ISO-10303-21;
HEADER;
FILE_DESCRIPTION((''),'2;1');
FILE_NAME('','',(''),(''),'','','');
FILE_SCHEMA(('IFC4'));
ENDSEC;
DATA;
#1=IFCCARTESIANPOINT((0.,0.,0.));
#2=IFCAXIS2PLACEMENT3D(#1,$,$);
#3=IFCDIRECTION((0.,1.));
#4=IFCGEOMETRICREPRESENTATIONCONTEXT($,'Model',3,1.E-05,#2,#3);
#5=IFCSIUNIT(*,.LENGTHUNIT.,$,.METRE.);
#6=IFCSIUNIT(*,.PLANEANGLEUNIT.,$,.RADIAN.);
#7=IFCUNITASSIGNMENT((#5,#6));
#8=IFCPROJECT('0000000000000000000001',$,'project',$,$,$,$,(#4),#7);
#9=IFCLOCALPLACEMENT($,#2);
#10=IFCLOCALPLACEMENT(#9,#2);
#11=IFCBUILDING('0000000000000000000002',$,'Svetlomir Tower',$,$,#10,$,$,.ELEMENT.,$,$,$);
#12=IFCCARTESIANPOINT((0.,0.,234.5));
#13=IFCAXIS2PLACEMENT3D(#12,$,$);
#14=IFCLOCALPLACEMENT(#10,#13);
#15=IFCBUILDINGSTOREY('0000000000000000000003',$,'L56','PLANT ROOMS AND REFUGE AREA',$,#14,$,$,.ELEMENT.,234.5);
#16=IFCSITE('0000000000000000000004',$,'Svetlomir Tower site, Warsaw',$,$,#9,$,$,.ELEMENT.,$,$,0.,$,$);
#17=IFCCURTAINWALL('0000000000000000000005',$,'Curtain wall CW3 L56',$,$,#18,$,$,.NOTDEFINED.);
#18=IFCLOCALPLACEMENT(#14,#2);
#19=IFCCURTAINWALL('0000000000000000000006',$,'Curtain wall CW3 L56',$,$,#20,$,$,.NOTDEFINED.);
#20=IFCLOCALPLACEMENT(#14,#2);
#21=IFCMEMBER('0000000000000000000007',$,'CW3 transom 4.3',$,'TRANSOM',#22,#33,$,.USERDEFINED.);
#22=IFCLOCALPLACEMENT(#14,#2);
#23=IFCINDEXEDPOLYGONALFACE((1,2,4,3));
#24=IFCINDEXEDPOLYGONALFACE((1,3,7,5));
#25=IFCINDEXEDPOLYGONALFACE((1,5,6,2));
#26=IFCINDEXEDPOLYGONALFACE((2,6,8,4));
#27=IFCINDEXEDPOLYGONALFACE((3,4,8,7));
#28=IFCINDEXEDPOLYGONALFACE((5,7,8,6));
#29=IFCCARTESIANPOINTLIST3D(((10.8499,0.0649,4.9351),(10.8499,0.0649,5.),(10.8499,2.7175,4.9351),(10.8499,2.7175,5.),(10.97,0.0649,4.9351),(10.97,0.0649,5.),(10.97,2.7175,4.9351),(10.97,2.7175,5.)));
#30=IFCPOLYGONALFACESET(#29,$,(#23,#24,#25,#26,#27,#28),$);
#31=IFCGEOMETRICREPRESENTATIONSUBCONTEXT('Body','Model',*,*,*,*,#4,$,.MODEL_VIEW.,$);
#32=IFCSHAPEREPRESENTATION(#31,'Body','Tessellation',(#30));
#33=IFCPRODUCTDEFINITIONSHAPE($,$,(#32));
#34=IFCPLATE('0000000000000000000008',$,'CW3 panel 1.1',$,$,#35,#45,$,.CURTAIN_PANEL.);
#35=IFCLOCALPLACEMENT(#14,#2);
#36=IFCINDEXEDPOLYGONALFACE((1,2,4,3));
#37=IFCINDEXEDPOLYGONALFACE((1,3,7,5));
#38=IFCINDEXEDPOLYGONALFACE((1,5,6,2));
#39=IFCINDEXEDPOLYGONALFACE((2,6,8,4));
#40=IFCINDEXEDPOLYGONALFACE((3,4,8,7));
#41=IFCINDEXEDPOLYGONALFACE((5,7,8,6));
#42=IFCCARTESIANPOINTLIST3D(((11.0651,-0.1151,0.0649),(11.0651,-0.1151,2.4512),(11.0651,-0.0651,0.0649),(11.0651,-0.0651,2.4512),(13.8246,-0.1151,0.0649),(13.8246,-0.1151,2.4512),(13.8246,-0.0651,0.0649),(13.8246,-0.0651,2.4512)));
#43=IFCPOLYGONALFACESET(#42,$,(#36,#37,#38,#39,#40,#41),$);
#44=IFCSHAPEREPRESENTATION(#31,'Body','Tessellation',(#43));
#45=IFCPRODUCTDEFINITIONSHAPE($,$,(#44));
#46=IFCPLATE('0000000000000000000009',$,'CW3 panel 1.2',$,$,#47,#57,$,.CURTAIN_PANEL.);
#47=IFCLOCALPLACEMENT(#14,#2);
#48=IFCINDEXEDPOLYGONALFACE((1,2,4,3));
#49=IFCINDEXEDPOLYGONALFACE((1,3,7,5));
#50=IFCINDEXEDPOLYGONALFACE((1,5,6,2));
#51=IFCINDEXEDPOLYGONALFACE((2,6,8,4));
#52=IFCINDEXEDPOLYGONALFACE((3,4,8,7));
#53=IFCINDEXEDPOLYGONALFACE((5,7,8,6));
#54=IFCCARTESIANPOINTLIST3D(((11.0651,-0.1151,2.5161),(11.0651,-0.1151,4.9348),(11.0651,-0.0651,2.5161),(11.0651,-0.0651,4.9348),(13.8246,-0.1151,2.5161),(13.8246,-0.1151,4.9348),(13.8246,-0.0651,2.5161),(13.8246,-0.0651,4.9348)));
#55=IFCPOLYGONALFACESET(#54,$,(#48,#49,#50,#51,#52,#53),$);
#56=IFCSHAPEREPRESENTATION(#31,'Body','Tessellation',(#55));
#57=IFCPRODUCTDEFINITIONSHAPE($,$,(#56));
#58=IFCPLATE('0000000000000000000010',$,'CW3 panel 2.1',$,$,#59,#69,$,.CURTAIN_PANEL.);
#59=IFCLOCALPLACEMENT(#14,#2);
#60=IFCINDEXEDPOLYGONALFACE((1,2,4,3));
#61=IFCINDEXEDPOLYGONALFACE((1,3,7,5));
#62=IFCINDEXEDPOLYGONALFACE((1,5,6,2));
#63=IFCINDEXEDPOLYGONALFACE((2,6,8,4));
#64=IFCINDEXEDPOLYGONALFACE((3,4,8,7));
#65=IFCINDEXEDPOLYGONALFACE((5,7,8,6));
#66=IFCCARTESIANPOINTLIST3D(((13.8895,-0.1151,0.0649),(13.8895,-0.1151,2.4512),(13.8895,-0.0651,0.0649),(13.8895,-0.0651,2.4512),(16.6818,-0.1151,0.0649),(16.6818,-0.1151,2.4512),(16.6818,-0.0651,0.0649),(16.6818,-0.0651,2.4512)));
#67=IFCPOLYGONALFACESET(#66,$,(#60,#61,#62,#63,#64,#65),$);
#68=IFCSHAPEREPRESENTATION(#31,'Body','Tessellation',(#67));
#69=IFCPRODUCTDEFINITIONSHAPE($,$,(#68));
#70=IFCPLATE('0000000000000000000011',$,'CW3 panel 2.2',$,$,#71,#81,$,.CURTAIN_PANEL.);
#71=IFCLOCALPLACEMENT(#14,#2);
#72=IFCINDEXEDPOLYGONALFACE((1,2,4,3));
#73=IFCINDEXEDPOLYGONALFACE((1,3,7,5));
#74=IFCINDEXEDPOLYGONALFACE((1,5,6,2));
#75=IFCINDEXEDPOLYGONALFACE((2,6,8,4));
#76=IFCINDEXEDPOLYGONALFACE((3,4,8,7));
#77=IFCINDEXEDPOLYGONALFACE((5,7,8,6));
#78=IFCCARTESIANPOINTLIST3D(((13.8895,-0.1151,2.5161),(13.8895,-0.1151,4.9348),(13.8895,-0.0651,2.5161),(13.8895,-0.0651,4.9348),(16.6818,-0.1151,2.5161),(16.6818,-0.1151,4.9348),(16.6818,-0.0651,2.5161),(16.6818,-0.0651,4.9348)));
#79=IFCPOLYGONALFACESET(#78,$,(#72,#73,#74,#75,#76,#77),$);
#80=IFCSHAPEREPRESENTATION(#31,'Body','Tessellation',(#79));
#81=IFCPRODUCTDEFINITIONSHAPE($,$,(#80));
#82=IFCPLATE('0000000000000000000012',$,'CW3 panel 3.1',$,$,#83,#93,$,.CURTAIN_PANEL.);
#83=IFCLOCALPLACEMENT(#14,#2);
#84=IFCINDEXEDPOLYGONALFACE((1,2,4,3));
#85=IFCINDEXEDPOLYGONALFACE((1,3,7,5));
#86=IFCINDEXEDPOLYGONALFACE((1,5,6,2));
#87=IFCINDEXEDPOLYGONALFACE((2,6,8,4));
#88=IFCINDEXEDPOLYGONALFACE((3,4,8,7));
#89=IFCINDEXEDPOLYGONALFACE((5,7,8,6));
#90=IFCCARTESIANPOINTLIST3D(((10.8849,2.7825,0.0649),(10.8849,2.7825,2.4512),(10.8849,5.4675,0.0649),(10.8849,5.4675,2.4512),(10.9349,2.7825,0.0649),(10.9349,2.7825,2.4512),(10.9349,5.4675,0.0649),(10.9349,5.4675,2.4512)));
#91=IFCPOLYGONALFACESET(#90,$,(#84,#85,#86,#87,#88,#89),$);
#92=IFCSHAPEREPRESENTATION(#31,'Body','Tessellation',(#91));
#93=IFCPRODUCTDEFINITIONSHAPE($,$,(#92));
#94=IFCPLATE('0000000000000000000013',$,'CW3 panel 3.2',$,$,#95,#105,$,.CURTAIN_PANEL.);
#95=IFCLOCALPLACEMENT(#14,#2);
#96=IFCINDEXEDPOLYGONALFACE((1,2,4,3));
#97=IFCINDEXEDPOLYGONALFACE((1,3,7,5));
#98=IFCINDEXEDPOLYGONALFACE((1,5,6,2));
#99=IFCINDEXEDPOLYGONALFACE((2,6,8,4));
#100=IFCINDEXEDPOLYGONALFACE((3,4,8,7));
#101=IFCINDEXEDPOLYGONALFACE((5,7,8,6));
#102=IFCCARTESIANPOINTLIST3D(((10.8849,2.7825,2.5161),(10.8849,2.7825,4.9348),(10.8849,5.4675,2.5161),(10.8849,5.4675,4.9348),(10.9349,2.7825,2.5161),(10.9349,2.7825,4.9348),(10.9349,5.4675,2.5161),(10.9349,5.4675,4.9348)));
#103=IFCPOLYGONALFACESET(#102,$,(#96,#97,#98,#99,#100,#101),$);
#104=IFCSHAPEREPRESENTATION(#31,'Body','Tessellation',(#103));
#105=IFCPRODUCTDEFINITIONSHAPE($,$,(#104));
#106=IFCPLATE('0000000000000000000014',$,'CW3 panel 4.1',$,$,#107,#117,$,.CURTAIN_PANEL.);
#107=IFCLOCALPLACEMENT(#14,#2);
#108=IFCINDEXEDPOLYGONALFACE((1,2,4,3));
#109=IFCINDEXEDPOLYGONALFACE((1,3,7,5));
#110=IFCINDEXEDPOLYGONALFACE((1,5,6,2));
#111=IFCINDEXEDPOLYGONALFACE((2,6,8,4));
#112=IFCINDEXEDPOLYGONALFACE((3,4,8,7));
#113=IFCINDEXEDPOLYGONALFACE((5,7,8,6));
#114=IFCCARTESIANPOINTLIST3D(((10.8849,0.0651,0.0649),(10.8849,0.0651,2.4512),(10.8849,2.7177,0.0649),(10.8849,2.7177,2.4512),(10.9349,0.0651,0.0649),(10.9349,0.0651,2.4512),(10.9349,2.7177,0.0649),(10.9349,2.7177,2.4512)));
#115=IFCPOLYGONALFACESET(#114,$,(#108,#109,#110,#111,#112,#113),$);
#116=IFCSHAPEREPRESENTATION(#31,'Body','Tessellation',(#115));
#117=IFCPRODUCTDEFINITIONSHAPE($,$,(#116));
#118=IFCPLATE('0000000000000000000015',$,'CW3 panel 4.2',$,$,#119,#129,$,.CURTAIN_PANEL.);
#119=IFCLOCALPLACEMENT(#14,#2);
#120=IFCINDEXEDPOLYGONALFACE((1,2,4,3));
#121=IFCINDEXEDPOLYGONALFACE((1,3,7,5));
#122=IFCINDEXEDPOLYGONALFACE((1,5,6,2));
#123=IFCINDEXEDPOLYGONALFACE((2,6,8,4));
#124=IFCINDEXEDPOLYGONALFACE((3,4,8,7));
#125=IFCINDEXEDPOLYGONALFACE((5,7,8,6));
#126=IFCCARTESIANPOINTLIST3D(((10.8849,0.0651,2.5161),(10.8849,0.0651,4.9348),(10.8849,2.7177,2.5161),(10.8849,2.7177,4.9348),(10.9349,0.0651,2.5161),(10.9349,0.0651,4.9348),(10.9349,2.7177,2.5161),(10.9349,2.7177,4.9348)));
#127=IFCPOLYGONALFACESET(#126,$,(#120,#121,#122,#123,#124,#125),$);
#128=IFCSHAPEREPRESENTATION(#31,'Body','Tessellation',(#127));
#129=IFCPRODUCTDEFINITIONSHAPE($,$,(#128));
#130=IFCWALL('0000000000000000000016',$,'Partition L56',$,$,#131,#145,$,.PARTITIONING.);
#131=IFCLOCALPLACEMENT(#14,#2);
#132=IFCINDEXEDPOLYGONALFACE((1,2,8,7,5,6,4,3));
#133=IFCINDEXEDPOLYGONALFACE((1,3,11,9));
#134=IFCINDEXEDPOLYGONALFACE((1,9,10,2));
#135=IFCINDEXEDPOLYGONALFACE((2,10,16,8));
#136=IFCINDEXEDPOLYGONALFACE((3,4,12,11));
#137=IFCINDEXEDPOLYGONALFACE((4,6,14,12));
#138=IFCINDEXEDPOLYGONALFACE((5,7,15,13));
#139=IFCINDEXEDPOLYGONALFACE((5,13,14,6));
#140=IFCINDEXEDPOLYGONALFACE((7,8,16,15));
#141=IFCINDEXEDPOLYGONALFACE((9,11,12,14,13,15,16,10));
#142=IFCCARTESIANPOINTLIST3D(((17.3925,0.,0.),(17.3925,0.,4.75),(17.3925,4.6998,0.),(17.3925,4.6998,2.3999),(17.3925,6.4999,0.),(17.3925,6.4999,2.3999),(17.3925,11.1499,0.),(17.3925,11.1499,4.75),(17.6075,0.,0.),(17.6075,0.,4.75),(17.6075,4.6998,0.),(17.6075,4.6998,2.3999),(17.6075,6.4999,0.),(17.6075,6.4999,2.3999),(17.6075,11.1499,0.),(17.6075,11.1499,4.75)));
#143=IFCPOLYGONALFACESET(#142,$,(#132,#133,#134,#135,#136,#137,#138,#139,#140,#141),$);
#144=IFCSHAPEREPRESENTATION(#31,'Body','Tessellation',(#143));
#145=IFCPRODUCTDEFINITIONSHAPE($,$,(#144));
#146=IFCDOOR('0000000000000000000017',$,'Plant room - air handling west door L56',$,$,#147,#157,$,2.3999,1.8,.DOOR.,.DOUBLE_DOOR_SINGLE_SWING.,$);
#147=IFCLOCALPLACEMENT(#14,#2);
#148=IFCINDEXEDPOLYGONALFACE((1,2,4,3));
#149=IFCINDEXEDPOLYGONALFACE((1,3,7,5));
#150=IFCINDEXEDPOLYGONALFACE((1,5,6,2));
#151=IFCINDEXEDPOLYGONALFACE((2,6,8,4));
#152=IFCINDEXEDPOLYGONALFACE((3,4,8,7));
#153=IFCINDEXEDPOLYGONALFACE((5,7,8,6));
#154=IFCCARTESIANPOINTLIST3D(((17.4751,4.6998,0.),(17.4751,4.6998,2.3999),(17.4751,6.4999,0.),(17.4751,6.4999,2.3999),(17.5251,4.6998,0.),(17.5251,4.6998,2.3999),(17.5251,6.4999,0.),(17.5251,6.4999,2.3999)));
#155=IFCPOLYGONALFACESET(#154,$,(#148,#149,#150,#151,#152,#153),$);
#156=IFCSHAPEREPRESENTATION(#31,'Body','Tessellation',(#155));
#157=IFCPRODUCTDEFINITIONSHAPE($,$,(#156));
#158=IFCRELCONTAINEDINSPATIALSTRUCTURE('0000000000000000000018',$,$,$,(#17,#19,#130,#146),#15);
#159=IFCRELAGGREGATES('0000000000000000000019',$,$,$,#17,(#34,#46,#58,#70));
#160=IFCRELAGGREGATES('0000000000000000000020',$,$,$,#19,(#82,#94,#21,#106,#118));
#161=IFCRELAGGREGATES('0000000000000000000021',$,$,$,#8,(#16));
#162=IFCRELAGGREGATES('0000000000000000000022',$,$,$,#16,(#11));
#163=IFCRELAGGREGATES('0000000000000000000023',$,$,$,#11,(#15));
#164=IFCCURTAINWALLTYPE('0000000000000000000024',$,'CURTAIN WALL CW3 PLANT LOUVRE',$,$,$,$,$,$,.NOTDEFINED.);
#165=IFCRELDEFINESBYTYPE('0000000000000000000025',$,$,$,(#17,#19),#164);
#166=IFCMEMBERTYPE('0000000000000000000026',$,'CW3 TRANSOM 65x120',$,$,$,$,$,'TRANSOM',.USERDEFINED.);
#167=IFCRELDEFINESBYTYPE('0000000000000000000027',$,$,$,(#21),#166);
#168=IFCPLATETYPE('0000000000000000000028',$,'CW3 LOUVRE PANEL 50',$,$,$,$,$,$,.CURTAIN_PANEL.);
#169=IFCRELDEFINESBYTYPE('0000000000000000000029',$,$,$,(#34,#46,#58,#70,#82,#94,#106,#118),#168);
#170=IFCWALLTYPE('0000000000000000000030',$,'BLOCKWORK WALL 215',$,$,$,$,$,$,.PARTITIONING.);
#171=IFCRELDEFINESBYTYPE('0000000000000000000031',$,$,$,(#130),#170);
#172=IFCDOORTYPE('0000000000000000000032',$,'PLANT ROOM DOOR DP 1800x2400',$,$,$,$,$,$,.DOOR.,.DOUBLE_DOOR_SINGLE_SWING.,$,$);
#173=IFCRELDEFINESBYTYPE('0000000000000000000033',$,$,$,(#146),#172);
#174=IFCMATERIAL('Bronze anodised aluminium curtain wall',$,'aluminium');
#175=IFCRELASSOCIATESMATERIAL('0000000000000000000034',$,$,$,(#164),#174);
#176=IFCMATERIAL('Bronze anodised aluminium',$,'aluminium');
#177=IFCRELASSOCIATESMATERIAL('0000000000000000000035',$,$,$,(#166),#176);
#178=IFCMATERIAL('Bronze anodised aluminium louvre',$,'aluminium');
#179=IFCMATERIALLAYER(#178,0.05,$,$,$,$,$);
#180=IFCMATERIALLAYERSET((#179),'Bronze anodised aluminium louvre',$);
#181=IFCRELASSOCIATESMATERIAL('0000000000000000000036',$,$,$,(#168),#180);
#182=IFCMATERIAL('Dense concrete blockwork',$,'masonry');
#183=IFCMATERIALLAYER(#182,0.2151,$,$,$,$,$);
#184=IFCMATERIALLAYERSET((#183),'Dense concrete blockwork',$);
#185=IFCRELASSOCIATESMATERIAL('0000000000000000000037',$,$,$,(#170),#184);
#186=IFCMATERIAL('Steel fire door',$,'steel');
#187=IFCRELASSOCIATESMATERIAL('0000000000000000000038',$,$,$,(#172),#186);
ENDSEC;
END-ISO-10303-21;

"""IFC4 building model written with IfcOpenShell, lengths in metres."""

from ifc_helpers import new_model, si_unit, direction, frame, frame_2d, origin, origin_2d, place, context, subcontext, project, spatial, rectangle, extrude, material, layer, layer_set, material_profile, profile_set, type_object, element, fill, aggregate, save


model = new_model("IFC4")

# Units and contexts
model_context = context("Model", 3, precision=1e-05, world=origin(), true_north=direction((0.0, 1.0)))
body_context = subcontext(model_context, "Body", "Model", "MODEL_VIEW")
ifc_project = project(units=[si_unit("LENGTHUNIT", "METRE"), si_unit("PLANEANGLEUNIT", "RADIAN")], contexts=[model_context])

# Site, building, storey
site_placement = place(None, origin())
site = spatial("IfcSite", under=ifc_project, at=site_placement, Name="Svetlomir Tower site, Warsaw", CompositionType="ELEMENT", RefElevation=0.0)
building_placement = place(site_placement, origin())
building = spatial("IfcBuilding", under=site, at=building_placement, Name="Svetlomir Tower", CompositionType="ELEMENT")
storey_placement = place(building_placement, frame((0.0, 0.0, 234.5)))
storey = spatial("IfcBuildingStorey", under=building, at=storey_placement, Name="L56", Description="PLANT ROOMS AND REFUGE AREA", CompositionType="ELEMENT", Elevation=234.5)

# Curtain walls
ifc_material_1 = material(Name="Bronze anodised aluminium curtain wall", Category="aluminium")
curtain_wall_type = type_object("IfcCurtainWallType", Name="CURTAIN WALL CW3 PLANT LOUVRE", PredefinedType="NOTDEFINED", material=ifc_material_1)
curtain_wall_1_placement = place(storey_placement, origin())
curtain_wall_1 = element("IfcCurtainWall", 1, at=curtain_wall_1_placement, inside=storey, type_object=curtain_wall_type, Name="Curtain wall CW3 L56", PredefinedType="NOTDEFINED")
curtain_wall_2_placement = place(storey_placement, origin())
curtain_wall_2 = element("IfcCurtainWall", 2, at=curtain_wall_2_placement, inside=storey, type_object=curtain_wall_type, Name="Curtain wall CW3 L56", PredefinedType="NOTDEFINED")

# Member
ifc_material_2 = material(Name="Bronze anodised aluminium", Category="aluminium")
ifc_material_profile_1 = material_profile(ifc_material_2, rectangle(XDim=0.1201, YDim=0.0649, at=origin_2d()), Name="AL 120x65")
ifc_profile_set_1 = profile_set([ifc_material_profile_1], Name="Bronze anodised aluminium 6063-T6")
member_type_1 = type_object("IfcMemberType", Name="CW3 TRANSOM 65x120", ElementType="TRANSOM", PredefinedType="USERDEFINED", material=ifc_profile_set_1)
member_1_placement = place(storey_placement, frame((10.9099, 2.7175, 4.9675), z_axis=(0.0, -1.0, 0.0), x_axis=(1.0, 0.0, 0.0)))
member_1 = element("IfcMember", 3, at=member_1_placement, type_object=member_type_1, Name="CW3 transom 4.3", ObjectType="TRANSOM", PredefinedType="USERDEFINED", context=body_context, shape_type="SweptSolid", body=[
    extrude(rectangle(XDim=0.1201, YDim=0.0649, at=origin_2d()), origin(), (0.0, 0.0, 1.0), 2.6526),
])

# Plates
ifc_material_3 = material(Name="Bronze anodised aluminium louvre", Category="aluminium")
ifc_layer_1 = layer(ifc_material_3, 0.05)
ifc_layer_set_1 = layer_set([ifc_layer_1], Name="Bronze anodised aluminium louvre")
plate_type = type_object("IfcPlateType", Name="CW3 LOUVRE PANEL 50", PredefinedType="CURTAIN_PANEL", material=ifc_layer_set_1)
plate_1_placement = place(storey_placement, frame((12.4448, -0.0901, 0.0649), z_axis=(0.0, 0.0, 1.0), x_axis=(1.0, 0.0, 0.0)))
plate_1 = element("IfcPlate", 4, at=plate_1_placement, type_object=plate_type, Name="CW3 panel 1.1", PredefinedType="CURTAIN_PANEL", context=body_context, shape_type="SweptSolid", body=[
    extrude(rectangle(XDim=2.7595, YDim=0.05, at=origin_2d()), origin(), (0.0, 0.0, 1.0), 2.3862),
])
plate_2_placement = place(storey_placement, frame((12.4448, -0.0901, 2.5161), z_axis=(0.0, 0.0, 1.0), x_axis=(1.0, 0.0, 0.0)))
plate_2 = element("IfcPlate", 5, at=plate_2_placement, type_object=plate_type, Name="CW3 panel 1.2", PredefinedType="CURTAIN_PANEL", context=body_context, shape_type="SweptSolid", body=[
    extrude(rectangle(XDim=2.7595, YDim=0.05, at=origin_2d()), origin(), (0.0, 0.0, 1.0), 2.4187),
])
plate_3_placement = place(storey_placement, frame((15.2856, -0.0901, 0.0649), z_axis=(0.0, 0.0, 1.0), x_axis=(1.0, 0.0, 0.0)))
plate_3 = element("IfcPlate", 6, at=plate_3_placement, type_object=plate_type, Name="CW3 panel 2.1", PredefinedType="CURTAIN_PANEL", context=body_context, shape_type="SweptSolid", body=[
    extrude(rectangle(XDim=2.7922, YDim=0.05, at=origin_2d()), origin(), (0.0, 0.0, 1.0), 2.3862),
])
plate_4_placement = place(storey_placement, frame((15.2856, -0.0901, 2.5161), z_axis=(0.0, 0.0, 1.0), x_axis=(1.0, 0.0, 0.0)))
plate_4 = element("IfcPlate", 7, at=plate_4_placement, type_object=plate_type, Name="CW3 panel 2.2", PredefinedType="CURTAIN_PANEL", context=body_context, shape_type="SweptSolid", body=[
    extrude(rectangle(XDim=2.7922, YDim=0.05, at=origin_2d()), origin(), (0.0, 0.0, 1.0), 2.4187),
])
aggregate(curtain_wall_1, [plate_1, plate_2, plate_3, plate_4])
plate_5_placement = place(storey_placement, frame((10.9099, 4.125, 0.0649), z_axis=(0.0, 0.0, 1.0), x_axis=(0.0, -1.0, 0.0)))
plate_5 = element("IfcPlate", 8, at=plate_5_placement, type_object=plate_type, Name="CW3 panel 3.1", PredefinedType="CURTAIN_PANEL", context=body_context, shape_type="SweptSolid", body=[
    extrude(rectangle(XDim=2.6851, YDim=0.05, at=origin_2d()), origin(), (0.0, 0.0, 1.0), 2.3862),
])
plate_6_placement = place(storey_placement, frame((10.9099, 4.125, 2.5161), z_axis=(0.0, 0.0, 1.0), x_axis=(0.0, -1.0, 0.0)))
plate_6 = element("IfcPlate", 9, at=plate_6_placement, type_object=plate_type, Name="CW3 panel 3.2", PredefinedType="CURTAIN_PANEL", context=body_context, shape_type="SweptSolid", body=[
    extrude(rectangle(XDim=2.6851, YDim=0.05, at=origin_2d()), origin(), (0.0, 0.0, 1.0), 2.4187),
])
plate_7_placement = place(storey_placement, frame((10.9099, 1.3914, 0.0649), z_axis=(0.0, 0.0, 1.0), x_axis=(0.0, -1.0, 0.0)))
plate_7 = element("IfcPlate", 10, at=plate_7_placement, type_object=plate_type, Name="CW3 panel 4.1", PredefinedType="CURTAIN_PANEL", context=body_context, shape_type="SweptSolid", body=[
    extrude(rectangle(XDim=2.6526, YDim=0.05, at=origin_2d()), origin(), (0.0, 0.0, 1.0), 2.3862),
])
plate_8_placement = place(storey_placement, frame((10.9099, 1.3914, 2.5161), z_axis=(0.0, 0.0, 1.0), x_axis=(0.0, -1.0, 0.0)))
plate_8 = element("IfcPlate", 11, at=plate_8_placement, type_object=plate_type, Name="CW3 panel 4.2", PredefinedType="CURTAIN_PANEL", context=body_context, shape_type="SweptSolid", body=[
    extrude(rectangle(XDim=2.6526, YDim=0.05, at=origin_2d()), origin(), (0.0, 0.0, 1.0), 2.4187),
])
aggregate(curtain_wall_2, [plate_5, plate_6, member_1, plate_7, plate_8])

# Wall, opening, door
ifc_material_4 = material(Name="Dense concrete blockwork", Category="masonry")
ifc_layer_2 = layer(ifc_material_4, 0.2151)
ifc_layer_set_2 = layer_set([ifc_layer_2], Name="Dense concrete blockwork")
wall_type = type_object("IfcWallType", Name="BLOCKWORK WALL 215", PredefinedType="PARTITIONING", material=ifc_layer_set_2)
wall_placement = place(storey_placement, frame((17.5, 0.0, 0.0), z_axis=(0.0, 0.0, 1.0), x_axis=(0.0, 1.0, 0.0)))
wall = element("IfcWall", 12, at=wall_placement, inside=storey, type_object=wall_type, Name="Partition L56", PredefinedType="PARTITIONING", context=body_context, shape_type="SweptSolid", body=[
    extrude(rectangle(XDim=11.1499, YDim=0.2151, at=frame_2d((5.575, 0.0))), origin(), (0.0, 0.0, 1.0), 4.75),
])
opening_placement = place(wall_placement, frame((4.7, 0.0, 0.0)))
opening = element("IfcOpeningElement", 13, at=opening_placement, cuts=wall, PredefinedType="OPENING", context=body_context, shape_type="SweptSolid", body=[
    extrude(rectangle(XDim=1.8, YDim=2.3999, at=frame_2d((0.8999, 1.2))), frame((0.0, 0.1177, 0.0), z_axis=(0.0, -1.0, 0.0), x_axis=(1.0, 0.0, 0.0)), (0.0, 0.0, 1.0), 0.2351),
])
ifc_material_5 = material(Name="Steel fire door", Category="steel")
door_type = type_object("IfcDoorType", Name="PLANT ROOM DOOR DP 1800x2400", OperationType="DOUBLE_DOOR_SINGLE_SWING", PredefinedType="DOOR", material=ifc_material_5)
door_placement = place(opening_placement, origin())
door = element("IfcDoor", 14, at=door_placement, inside=storey, type_object=door_type, Name="Plant room - air handling west door L56", OperationType="DOUBLE_DOOR_SINGLE_SWING", OverallHeight=2.3999, OverallWidth=1.8, PredefinedType="DOOR", context=body_context, shape_type="SweptSolid", body=[
    extrude(rectangle(XDim=1.8, YDim=2.3999, at=frame_2d((0.8999, 1.2))), frame((0.0, 0.0249, 0.0), z_axis=(0.0, -1.0, 0.0), x_axis=(1.0, 0.0, 0.0)), (0.0, 0.0, 1.0), 0.05),
])
fill(opening, door)

save(model, "model.ifc")
